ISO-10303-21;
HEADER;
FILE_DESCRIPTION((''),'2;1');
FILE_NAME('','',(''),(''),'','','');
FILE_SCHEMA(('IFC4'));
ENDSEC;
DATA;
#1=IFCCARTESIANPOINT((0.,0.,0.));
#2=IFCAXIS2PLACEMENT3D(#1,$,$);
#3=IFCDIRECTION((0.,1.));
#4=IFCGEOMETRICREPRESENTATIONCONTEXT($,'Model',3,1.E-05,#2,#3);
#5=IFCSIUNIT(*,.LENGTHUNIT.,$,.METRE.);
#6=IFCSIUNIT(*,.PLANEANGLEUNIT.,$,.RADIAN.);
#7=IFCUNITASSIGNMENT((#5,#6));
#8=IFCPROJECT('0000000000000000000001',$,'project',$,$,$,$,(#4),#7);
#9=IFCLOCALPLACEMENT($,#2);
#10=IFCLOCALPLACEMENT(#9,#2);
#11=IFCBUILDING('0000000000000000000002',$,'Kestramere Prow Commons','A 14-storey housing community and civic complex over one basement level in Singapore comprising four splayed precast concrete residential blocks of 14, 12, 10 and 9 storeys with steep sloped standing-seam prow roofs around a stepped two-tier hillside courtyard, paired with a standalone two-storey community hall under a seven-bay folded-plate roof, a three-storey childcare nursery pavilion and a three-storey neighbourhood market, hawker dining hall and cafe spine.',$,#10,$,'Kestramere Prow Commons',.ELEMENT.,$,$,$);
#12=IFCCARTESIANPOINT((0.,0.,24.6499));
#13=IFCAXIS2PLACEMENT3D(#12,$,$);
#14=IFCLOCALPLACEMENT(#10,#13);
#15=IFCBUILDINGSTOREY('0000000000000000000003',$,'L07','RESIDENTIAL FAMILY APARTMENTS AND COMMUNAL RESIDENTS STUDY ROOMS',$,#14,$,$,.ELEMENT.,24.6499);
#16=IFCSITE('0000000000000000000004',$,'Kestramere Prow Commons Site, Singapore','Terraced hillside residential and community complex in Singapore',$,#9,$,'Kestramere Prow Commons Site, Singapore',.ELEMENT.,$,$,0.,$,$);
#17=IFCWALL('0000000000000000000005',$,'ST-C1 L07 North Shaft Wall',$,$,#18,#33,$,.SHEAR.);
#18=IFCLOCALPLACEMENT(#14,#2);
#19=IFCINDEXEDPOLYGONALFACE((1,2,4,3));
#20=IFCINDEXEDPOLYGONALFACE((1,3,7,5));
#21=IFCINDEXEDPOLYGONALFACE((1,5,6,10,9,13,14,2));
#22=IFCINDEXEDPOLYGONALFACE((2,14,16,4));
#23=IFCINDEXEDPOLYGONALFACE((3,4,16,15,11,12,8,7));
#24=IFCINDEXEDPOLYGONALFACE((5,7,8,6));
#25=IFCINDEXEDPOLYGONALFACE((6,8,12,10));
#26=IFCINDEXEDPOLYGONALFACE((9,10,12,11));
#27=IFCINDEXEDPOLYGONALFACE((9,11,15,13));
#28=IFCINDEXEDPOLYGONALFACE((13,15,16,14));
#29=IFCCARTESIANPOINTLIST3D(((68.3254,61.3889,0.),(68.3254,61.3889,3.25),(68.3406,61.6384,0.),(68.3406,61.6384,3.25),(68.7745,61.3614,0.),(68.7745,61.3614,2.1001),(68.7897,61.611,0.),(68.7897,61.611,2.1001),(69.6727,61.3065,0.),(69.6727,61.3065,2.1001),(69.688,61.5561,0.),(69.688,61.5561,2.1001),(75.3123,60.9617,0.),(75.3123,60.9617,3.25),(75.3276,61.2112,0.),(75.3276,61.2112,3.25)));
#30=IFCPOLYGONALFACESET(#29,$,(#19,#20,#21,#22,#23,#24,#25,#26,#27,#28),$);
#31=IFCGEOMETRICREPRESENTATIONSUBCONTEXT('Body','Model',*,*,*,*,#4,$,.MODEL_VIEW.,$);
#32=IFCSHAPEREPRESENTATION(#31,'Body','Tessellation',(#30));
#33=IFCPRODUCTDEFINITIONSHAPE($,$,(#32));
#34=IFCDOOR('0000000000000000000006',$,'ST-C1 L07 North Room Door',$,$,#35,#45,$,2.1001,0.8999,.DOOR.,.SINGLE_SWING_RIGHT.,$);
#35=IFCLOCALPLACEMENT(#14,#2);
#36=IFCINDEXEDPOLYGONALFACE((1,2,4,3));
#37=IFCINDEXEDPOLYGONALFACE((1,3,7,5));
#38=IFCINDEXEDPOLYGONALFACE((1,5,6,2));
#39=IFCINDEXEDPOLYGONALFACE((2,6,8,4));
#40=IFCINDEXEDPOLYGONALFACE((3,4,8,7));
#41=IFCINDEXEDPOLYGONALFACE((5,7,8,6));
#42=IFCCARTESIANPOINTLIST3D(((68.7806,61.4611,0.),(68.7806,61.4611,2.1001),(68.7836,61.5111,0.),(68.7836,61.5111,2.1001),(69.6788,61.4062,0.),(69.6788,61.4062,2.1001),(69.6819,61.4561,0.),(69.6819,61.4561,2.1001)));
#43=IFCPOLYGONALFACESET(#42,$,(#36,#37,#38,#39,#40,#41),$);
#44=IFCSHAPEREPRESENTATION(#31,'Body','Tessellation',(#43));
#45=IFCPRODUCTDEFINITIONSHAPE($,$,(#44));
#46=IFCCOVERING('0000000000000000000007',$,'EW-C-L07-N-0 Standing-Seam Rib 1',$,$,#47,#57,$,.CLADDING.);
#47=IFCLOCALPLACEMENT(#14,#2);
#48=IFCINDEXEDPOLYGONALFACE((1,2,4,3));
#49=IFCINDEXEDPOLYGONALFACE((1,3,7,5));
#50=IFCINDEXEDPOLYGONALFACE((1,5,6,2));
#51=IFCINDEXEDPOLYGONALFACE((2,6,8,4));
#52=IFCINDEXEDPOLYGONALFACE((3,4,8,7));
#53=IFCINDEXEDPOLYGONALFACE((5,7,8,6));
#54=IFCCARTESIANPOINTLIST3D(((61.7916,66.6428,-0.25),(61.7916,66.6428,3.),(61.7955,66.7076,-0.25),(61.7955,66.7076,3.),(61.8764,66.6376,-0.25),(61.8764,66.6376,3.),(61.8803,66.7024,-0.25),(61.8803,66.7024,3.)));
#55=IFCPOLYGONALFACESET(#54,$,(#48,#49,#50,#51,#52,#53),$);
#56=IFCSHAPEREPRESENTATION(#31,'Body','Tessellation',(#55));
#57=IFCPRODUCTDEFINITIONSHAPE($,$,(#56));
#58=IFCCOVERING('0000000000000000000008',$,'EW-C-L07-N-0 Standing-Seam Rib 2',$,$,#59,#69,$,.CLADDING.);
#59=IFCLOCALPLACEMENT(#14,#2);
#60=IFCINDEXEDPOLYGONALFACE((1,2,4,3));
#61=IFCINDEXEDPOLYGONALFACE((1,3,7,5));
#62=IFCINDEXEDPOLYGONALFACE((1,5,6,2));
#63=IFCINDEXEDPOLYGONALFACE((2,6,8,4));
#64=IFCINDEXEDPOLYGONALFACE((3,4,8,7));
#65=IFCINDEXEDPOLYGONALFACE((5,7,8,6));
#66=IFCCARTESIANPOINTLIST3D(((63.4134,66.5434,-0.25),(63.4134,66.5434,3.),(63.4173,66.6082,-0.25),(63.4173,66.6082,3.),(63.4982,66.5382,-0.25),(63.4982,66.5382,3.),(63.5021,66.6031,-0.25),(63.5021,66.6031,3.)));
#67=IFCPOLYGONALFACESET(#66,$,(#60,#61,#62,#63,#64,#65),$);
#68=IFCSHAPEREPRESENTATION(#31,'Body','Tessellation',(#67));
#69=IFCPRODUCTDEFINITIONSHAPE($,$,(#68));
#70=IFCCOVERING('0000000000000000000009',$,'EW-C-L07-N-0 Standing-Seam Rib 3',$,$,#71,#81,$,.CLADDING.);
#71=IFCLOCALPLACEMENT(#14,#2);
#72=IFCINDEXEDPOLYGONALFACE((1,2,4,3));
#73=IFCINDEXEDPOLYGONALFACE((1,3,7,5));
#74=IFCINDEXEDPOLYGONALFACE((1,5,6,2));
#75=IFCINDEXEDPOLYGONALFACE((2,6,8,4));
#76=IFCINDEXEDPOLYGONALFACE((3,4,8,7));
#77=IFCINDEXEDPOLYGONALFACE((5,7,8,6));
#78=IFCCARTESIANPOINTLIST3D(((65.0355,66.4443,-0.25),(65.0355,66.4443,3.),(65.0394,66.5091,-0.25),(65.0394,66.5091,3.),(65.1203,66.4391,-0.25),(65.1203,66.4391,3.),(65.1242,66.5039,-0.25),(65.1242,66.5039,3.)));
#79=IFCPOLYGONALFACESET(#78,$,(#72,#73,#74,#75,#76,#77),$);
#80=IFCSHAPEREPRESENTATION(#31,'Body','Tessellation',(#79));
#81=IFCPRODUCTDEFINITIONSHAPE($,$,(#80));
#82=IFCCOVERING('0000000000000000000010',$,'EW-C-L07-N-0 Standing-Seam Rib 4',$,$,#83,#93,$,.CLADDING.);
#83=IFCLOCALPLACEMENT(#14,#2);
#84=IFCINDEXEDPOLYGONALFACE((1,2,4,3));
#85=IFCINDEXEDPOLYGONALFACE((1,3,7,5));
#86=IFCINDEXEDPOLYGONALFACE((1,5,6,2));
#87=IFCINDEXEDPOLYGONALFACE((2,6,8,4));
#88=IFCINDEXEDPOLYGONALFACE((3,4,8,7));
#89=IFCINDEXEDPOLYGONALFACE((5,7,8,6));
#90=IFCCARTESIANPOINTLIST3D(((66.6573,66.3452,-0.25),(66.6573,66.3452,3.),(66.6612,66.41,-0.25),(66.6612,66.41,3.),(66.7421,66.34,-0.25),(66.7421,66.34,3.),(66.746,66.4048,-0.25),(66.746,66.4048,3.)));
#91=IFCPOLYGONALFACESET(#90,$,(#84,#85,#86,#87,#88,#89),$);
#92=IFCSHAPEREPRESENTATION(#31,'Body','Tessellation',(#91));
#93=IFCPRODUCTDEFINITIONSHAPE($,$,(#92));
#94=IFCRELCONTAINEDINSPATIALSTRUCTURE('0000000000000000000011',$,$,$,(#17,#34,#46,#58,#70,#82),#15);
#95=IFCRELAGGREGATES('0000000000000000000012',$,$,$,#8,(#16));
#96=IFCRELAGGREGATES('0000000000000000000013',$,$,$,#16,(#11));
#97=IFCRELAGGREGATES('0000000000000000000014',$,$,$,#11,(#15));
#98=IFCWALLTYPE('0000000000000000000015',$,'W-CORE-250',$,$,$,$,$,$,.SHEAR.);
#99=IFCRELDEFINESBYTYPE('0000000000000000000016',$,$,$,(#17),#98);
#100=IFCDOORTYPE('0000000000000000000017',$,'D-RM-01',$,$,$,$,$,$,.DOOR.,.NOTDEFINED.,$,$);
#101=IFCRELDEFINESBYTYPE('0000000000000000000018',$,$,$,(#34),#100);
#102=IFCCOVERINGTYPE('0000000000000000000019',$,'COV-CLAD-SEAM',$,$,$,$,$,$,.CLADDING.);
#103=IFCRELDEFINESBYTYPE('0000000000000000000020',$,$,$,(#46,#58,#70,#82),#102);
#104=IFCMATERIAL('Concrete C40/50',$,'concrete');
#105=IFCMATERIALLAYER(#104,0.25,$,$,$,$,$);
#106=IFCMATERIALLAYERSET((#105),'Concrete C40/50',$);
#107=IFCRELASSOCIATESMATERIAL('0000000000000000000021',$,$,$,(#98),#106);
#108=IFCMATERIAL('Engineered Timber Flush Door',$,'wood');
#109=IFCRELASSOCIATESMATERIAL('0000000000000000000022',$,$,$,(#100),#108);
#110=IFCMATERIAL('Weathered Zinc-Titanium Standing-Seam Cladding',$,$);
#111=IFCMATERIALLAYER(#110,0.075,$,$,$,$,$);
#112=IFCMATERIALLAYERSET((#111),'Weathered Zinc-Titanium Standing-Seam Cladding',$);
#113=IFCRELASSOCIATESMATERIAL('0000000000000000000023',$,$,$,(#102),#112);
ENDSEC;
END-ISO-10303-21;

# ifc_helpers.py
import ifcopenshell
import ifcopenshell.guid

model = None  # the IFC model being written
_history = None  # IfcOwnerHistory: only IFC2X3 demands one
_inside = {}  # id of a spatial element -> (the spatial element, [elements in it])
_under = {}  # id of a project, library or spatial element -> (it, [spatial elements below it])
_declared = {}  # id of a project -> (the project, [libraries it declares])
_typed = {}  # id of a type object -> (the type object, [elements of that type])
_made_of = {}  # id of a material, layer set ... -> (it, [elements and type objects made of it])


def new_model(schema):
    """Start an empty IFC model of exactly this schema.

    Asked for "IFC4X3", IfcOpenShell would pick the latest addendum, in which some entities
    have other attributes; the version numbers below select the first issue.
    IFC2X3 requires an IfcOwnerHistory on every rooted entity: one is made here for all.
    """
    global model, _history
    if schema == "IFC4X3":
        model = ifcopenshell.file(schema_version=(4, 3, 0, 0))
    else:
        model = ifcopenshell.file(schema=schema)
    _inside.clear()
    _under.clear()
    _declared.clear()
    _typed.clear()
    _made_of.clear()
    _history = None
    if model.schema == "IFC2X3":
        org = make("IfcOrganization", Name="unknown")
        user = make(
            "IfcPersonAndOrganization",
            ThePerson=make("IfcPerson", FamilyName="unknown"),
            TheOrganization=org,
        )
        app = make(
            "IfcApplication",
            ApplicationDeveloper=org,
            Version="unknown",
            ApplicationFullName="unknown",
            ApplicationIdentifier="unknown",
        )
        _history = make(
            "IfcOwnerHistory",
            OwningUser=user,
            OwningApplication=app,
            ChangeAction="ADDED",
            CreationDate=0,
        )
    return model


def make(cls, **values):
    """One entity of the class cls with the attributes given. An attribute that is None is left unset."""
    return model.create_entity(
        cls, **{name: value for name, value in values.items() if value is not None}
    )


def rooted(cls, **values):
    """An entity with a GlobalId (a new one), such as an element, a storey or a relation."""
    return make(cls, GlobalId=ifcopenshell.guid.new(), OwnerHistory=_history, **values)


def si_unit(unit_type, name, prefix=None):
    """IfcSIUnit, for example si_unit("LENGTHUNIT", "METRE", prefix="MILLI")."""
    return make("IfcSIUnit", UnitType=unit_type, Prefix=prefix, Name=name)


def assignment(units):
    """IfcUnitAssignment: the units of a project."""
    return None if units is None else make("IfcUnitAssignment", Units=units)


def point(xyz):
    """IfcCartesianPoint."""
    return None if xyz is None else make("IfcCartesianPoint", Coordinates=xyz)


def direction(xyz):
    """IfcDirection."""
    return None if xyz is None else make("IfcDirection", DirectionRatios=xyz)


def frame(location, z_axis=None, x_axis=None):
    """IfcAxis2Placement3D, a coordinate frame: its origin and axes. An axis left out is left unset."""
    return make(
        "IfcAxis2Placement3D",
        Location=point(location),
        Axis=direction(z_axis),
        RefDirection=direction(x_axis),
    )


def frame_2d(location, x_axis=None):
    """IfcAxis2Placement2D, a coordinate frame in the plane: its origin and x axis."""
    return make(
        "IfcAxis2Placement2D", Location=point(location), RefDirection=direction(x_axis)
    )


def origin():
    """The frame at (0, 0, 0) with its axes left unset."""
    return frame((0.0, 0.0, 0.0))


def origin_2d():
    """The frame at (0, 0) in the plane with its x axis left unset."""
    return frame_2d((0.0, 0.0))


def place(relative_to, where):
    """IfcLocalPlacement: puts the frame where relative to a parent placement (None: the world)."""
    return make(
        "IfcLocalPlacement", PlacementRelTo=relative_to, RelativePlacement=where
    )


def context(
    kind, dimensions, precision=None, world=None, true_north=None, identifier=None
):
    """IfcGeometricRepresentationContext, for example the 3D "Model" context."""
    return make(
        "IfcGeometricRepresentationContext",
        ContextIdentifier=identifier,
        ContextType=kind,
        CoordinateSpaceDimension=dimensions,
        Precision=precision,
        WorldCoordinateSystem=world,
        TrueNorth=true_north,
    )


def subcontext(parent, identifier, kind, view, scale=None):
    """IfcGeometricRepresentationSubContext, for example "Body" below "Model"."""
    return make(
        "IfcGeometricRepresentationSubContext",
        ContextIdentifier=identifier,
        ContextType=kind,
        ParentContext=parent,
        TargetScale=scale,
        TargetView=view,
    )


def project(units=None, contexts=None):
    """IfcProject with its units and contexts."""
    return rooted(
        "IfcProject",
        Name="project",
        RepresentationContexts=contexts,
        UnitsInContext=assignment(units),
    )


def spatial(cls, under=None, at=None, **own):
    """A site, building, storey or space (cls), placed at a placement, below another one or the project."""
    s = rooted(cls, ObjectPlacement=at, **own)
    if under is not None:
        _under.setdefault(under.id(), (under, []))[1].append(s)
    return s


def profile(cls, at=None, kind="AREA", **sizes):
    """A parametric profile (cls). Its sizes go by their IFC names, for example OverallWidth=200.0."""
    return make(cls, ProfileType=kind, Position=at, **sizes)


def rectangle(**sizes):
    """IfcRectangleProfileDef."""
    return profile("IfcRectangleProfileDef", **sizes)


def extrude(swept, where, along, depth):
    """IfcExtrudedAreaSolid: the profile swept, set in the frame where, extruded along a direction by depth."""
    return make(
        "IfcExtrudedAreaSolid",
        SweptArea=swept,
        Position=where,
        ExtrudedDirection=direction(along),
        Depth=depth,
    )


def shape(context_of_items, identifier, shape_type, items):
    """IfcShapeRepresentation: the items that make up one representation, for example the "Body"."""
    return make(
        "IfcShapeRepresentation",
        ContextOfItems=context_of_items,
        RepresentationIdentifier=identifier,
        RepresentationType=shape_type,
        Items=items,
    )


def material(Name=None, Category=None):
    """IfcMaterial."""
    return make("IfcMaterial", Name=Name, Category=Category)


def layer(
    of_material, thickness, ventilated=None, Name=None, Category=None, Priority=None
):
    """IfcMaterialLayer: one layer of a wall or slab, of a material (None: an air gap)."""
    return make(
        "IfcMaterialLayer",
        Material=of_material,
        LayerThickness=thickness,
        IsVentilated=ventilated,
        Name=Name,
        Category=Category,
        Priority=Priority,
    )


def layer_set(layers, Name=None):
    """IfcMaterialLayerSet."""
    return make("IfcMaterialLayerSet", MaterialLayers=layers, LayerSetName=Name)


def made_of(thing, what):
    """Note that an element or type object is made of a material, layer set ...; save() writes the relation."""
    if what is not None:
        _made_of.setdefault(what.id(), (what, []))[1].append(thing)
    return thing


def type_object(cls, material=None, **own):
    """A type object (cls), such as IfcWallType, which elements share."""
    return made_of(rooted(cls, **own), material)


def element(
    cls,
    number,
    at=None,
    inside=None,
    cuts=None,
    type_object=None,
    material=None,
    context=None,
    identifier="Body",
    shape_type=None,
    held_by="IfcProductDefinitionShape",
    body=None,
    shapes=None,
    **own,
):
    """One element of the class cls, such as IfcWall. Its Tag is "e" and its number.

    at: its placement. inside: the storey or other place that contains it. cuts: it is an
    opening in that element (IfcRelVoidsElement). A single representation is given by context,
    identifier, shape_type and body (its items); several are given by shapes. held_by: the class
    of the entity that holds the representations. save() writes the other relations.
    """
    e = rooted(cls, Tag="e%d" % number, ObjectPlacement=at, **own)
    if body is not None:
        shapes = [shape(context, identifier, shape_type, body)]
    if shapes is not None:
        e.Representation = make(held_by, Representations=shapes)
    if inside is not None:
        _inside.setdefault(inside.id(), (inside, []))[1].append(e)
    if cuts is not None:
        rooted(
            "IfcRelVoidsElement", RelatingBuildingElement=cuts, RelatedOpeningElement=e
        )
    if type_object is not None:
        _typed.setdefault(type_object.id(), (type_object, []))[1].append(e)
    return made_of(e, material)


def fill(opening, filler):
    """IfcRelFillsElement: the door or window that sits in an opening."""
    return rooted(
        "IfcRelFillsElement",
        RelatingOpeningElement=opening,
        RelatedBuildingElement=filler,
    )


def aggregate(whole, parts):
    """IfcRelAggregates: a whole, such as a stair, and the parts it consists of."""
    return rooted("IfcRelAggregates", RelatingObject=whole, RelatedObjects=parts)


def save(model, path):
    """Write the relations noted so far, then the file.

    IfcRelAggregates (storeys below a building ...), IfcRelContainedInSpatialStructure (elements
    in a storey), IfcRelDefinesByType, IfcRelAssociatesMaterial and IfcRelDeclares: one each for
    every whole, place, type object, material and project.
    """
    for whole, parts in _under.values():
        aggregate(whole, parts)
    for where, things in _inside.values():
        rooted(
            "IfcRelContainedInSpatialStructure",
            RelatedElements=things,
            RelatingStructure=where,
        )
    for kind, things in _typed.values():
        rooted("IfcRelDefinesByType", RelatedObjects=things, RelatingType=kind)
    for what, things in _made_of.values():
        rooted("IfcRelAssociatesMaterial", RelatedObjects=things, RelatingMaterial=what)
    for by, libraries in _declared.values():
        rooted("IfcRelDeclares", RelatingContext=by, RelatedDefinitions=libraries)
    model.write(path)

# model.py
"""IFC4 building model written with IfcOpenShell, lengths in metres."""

from ifc_helpers import new_model, si_unit, direction, frame, frame_2d, origin, origin_2d, place, context, subcontext, project, spatial, rectangle, extrude, material, layer, layer_set, type_object, element, fill, save


model = new_model("IFC4")

# Units and contexts
model_context = context("Model", 3, precision=1e-05, world=origin(), true_north=direction((0.0, 1.0)))
body_context = subcontext(model_context, "Body", "Model", "MODEL_VIEW")
ifc_project = project(units=[si_unit("LENGTHUNIT", "METRE"), si_unit("PLANEANGLEUNIT", "RADIAN")], contexts=[model_context])

# Site, building, storey
site_placement = place(None, origin())
site = spatial("IfcSite", under=ifc_project, at=site_placement, Name="Kestramere Prow Commons Site, Singapore", Description="Terraced hillside residential and community complex in Singapore", LongName="Kestramere Prow Commons Site, Singapore", CompositionType="ELEMENT", RefElevation=0.0)
building_placement = place(site_placement, origin())
building = spatial("IfcBuilding", under=site, at=building_placement, Name="Kestramere Prow Commons", Description="A 14-storey housing community and civic complex over one basement level in Singapore comprising four splayed precast concrete residential blocks of 14, 12, 10 and 9 storeys with steep sloped standing-seam prow roofs around a stepped two-tier hillside courtyard, paired with a standalone two-storey community hall under a seven-bay folded-plate roof, a three-storey childcare nursery pavilion and a three-storey neighbourhood market, hawker dining hall and cafe spine.", LongName="Kestramere Prow Commons", CompositionType="ELEMENT")
storey_placement = place(building_placement, frame((0.0, 0.0, 24.6499)))
storey = spatial("IfcBuildingStorey", under=building, at=storey_placement, Name="L07", Description="RESIDENTIAL FAMILY APARTMENTS AND COMMUNAL RESIDENTS STUDY ROOMS", CompositionType="ELEMENT", Elevation=24.6499)

# Shared definitions
ifc_material_1 = material(Name="Concrete C40/50", Category="concrete")
ifc_layer_1 = layer(ifc_material_1, 0.25)
ifc_layer_set_1 = layer_set([ifc_layer_1], Name="Concrete C40/50")
wall_type_1 = type_object("IfcWallType", Name="W-CORE-250", PredefinedType="SHEAR", material=ifc_layer_set_1)

# Wall, opening, door
wall_1_placement = place(storey_placement, frame((68.333, 61.5137, 0.0), z_axis=(0.0, 0.0, 1.0), x_axis=(0.998136, -0.061034, 0.0)))
wall_1 = element("IfcWall", 1, at=wall_1_placement, inside=storey, type_object=wall_type_1, Name="ST-C1 L07 North Shaft Wall", PredefinedType="SHEAR", context=body_context, shape_type="SweptSolid", body=[
    extrude(rectangle(XDim=7.0, YDim=0.25, at=frame_2d((3.5, 0.0))), origin(), (0.0, 0.0, 1.0), 3.25),
])
opening_1_placement = place(wall_1_placement, frame((0.45, 0.0, 0.0)))
opening_1 = element("IfcOpeningElement", 2, at=opening_1_placement, cuts=wall_1, PredefinedType="OPENING", context=body_context, shape_type="SweptSolid", body=[
    extrude(rectangle(XDim=0.8999, YDim=2.1001, at=frame_2d((0.45, 1.05))), frame((0.0, 0.1399, 0.0), z_axis=(0.0, -1.0, 0.0), x_axis=(1.0, 0.0, 0.0)), (0.0, 0.0, 1.0), 0.28),
])
ifc_material_2 = material(Name="Engineered Timber Flush Door", Category="wood")
door_type_1 = type_object("IfcDoorType", Name="D-RM-01", OperationType="NOTDEFINED", PredefinedType="DOOR", material=ifc_material_2)
door_1_placement = place(opening_1_placement, origin())
door_1 = element("IfcDoor", 3, at=door_1_placement, inside=storey, type_object=door_type_1, Name="ST-C1 L07 North Room Door", OperationType="SINGLE_SWING_RIGHT", OverallHeight=2.1001, OverallWidth=0.8999, PredefinedType="DOOR", context=body_context, shape_type="SweptSolid", body=[
    extrude(rectangle(XDim=0.8999, YDim=2.1001, at=frame_2d((0.45, 1.05))), frame((0.0, 0.0249, 0.0), z_axis=(0.0, -1.0, 0.0), x_axis=(1.0, 0.0, 0.0)), (0.0, 0.0, 1.0), 0.05),
])
fill(opening_1, door_1)

# Coverings
ifc_material_3 = material(Name="Weathered Zinc-Titanium Standing-Seam Cladding")
ifc_layer_2 = layer(ifc_material_3, 0.075)
ifc_layer_set_2 = layer_set([ifc_layer_2], Name="Weathered Zinc-Titanium Standing-Seam Cladding")
covering_type = type_object("IfcCoveringType", Name="COV-CLAD-SEAM", PredefinedType="CLADDING", material=ifc_layer_set_2)
for number, where, z_axis, x_axis, name in (
    (4, (61.8359, 66.6726, -0.25), (0.0, 0.0, 1.0), (0.998135, -0.061049, 0.0), "EW-C-L07-N-0 Standing-Seam Rib 1"),
    (5, (63.4578, 66.5732, -0.25), (0.0, 0.0, 1.0), (0.998135, -0.061049, 0.0), "EW-C-L07-N-0 Standing-Seam Rib 2"),
    (6, (65.0798, 66.4741, -0.25), (0.0, 0.0, 1.0), (0.998135, -0.061049, 0.0), "EW-C-L07-N-0 Standing-Seam Rib 3"),
    (7, (66.7017, 66.375, -0.25), (0.0, 0.0, 1.0), (0.998135, -0.061049, 0.0), "EW-C-L07-N-0 Standing-Seam Rib 4"),
):
    element("IfcCovering", number, at=place(storey_placement, frame(where, z_axis=z_axis, x_axis=x_axis)), inside=storey, type_object=covering_type, Name=name, PredefinedType="CLADDING", context=body_context, shape_type="SweptSolid", body=[
        extrude(rectangle(XDim=0.085, YDim=0.0649, at=origin_2d()), origin(), (0.0, 0.0, 1.0), 3.25),
    ])

save(model, "model.ifc")
